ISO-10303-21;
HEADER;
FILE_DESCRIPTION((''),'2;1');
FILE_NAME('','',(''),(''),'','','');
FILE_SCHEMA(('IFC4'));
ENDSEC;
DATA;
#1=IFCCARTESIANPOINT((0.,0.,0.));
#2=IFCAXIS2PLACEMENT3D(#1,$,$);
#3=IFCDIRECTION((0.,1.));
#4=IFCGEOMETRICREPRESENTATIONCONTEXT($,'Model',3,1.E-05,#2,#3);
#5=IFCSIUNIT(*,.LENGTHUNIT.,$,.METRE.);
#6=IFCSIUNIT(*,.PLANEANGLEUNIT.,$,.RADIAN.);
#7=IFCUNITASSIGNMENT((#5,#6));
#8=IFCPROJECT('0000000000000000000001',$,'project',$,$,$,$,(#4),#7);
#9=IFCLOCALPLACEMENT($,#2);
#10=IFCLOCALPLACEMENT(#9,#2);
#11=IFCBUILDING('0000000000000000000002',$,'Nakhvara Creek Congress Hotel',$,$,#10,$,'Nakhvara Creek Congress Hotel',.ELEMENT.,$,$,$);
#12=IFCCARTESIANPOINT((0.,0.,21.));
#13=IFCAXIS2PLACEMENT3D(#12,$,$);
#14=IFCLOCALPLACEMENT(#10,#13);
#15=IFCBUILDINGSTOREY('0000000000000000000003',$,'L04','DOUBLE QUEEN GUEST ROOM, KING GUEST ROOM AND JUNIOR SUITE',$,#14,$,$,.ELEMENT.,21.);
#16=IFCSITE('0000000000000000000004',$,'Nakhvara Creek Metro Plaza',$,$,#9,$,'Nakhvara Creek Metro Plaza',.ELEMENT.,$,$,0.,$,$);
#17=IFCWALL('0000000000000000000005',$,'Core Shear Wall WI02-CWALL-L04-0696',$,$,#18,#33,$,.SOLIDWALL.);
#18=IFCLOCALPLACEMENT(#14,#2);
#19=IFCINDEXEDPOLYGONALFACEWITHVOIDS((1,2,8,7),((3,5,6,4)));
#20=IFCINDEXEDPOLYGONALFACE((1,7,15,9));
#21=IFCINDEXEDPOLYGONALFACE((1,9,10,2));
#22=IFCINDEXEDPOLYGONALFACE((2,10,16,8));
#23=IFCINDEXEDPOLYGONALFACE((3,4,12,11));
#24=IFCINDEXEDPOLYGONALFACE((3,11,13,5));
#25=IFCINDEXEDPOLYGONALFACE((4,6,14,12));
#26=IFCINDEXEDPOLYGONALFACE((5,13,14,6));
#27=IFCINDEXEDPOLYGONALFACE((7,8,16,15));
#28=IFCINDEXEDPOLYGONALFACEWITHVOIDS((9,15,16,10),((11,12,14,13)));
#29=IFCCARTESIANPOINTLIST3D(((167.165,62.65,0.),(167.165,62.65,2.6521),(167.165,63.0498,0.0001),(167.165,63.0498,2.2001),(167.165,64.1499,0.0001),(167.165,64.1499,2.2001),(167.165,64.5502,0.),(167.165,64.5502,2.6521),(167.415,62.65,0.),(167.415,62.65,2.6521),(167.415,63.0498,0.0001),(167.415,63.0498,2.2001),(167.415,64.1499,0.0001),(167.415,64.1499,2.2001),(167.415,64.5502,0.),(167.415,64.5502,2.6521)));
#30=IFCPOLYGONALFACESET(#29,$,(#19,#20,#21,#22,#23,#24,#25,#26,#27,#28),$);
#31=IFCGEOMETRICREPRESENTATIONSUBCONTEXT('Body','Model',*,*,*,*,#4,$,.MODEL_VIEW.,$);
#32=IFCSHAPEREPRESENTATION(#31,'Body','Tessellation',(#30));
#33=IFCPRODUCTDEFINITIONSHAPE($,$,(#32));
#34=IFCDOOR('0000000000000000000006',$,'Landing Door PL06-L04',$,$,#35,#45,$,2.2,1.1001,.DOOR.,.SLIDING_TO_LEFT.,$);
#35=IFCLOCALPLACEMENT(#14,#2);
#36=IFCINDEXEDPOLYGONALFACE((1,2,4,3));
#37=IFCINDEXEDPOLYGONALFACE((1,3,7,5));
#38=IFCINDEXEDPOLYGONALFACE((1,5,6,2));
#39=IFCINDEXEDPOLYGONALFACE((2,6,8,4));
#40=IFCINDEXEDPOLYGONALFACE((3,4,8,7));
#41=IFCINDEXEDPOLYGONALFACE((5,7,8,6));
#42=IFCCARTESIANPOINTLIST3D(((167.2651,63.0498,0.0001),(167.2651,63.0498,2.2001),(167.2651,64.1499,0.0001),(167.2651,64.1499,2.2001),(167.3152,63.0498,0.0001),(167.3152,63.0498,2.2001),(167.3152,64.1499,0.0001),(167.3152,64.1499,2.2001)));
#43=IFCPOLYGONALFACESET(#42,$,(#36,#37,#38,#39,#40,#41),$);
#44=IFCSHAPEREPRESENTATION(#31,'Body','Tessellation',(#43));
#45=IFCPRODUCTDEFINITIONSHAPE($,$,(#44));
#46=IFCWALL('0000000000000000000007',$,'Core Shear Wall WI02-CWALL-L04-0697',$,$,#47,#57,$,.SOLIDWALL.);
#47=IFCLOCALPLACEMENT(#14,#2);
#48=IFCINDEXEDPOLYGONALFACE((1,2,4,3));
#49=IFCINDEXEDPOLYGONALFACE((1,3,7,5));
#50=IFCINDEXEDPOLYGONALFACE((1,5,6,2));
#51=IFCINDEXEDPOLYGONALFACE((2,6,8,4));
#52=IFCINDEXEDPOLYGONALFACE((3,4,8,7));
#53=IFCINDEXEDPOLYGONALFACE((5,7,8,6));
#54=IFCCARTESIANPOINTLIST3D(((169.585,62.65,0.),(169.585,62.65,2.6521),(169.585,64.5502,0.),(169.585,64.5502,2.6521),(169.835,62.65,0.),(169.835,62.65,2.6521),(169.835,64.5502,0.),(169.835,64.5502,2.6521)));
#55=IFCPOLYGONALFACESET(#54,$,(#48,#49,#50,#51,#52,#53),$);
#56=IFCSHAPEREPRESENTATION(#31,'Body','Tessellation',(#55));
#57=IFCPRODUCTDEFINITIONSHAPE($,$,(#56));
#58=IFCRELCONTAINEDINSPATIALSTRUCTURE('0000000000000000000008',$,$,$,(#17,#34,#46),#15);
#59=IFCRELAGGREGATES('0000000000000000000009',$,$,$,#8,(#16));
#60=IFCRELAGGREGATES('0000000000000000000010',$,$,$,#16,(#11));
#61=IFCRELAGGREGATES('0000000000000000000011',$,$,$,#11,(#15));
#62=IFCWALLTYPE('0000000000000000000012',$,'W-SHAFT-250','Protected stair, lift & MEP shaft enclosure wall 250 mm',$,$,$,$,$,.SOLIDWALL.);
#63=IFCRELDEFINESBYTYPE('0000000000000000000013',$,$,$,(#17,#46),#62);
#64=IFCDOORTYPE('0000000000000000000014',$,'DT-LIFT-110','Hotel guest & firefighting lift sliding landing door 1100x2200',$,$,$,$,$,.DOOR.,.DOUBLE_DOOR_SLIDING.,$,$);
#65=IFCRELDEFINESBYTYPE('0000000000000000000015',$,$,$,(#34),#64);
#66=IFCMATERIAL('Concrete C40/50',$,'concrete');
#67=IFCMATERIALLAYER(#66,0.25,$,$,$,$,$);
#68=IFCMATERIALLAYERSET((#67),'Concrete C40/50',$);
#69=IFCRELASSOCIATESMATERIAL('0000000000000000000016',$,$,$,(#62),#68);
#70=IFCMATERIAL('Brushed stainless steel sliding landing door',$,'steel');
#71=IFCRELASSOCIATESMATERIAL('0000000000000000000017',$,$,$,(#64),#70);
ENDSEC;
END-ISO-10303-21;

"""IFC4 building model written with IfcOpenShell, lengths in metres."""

from ifc_helpers import new_model, si_unit, direction, frame, frame_2d, origin, place, context, subcontext, project, spatial, rectangle, extrude, material, layer, layer_set, type_object, element, fill, save


model = new_model("IFC4")

# Units and contexts
model_context = context("Model", 3, precision=1e-05, world=origin(), true_north=direction((0.0, 1.0)))
body_context = subcontext(model_context, "Body", "Model", "MODEL_VIEW")
ifc_project = project(units=[si_unit("LENGTHUNIT", "METRE"), si_unit("PLANEANGLEUNIT", "RADIAN")], contexts=[model_context])

# Site, building, storey
site_placement = place(None, origin())
site = spatial("IfcSite", under=ifc_project, at=site_placement, Name="Nakhvara Creek Metro Plaza", LongName="Nakhvara Creek Metro Plaza", CompositionType="ELEMENT", RefElevation=0.0)
building_placement = place(site_placement, origin())
building = spatial("IfcBuilding", under=site, at=building_placement, Name="Nakhvara Creek Congress Hotel", LongName="Nakhvara Creek Congress Hotel", CompositionType="ELEMENT")
storey_placement = place(building_placement, frame((0.0, 0.0, 21.0)))
storey = spatial("IfcBuildingStorey", under=building, at=storey_placement, Name="L04", Description="DOUBLE QUEEN GUEST ROOM, KING GUEST ROOM AND JUNIOR SUITE", CompositionType="ELEMENT", Elevation=21.0)

# Shared definitions
ifc_material_1 = material(Name="Concrete C40/50", Category="concrete")

# Shared definitions
ifc_layer_1 = layer(ifc_material_1, 0.25)
ifc_layer_set_1 = layer_set([ifc_layer_1], Name="Concrete C40/50")
wall_type_1 = type_object("IfcWallType", Name="W-SHAFT-250", Description="Protected stair, lift & MEP shaft enclosure wall 250 mm", PredefinedType="SOLIDWALL", material=ifc_layer_set_1)

# Shared definitions
ifc_material_2 = material(Name="Brushed stainless steel sliding landing door", Category="steel")
door_type_1 = type_object("IfcDoorType", Name="DT-LIFT-110", Description="Hotel guest & firefighting lift sliding landing door 1100x2200", OperationType="DOUBLE_DOOR_SLIDING", PredefinedType="DOOR", material=ifc_material_2)

# Wall, opening, door
wall_1_placement = place(storey_placement, frame((167.29, 62.6499, 0.0), z_axis=(0.0, 0.0, 1.0), x_axis=(0.0, 1.0, 0.0)))
wall_1 = element("IfcWall", 1, at=wall_1_placement, inside=storey, type_object=wall_type_1, Name="Core Shear Wall WI02-CWALL-L04-0696", PredefinedType="SOLIDWALL", context=body_context, shape_type="SweptSolid", body=[
    extrude(rectangle(XDim=1.9001, YDim=0.25, at=frame_2d((0.9502, 0.0))), origin(), (0.0, 0.0, 1.0), 2.6521),
])
opening_1_placement = place(wall_1_placement, frame((0.3999, 0.0, 0.0)))
opening_1 = element("IfcOpeningElement", 2, at=opening_1_placement, cuts=wall_1, PredefinedType="OPENING", context=body_context, shape_type="SweptSolid", body=[
    extrude(rectangle(XDim=1.1001, YDim=2.2, at=frame_2d((0.55, 1.1001))), frame((0.0, 0.137, 0.0), z_axis=(0.0, -1.0, 0.0), x_axis=(1.0, 0.0, 0.0)), (0.0, 0.0, 1.0), 0.2739),
])
door_1_placement = place(opening_1_placement, origin())
door_1 = element("IfcDoor", 3, at=door_1_placement, inside=storey, type_object=door_type_1, Name="Landing Door PL06-L04", OperationType="SLIDING_TO_LEFT", OverallHeight=2.2, OverallWidth=1.1001, PredefinedType="DOOR", context=body_context, shape_type="SweptSolid", body=[
    extrude(rectangle(XDim=1.1001, YDim=2.2, at=frame_2d((0.55, 1.1001))), frame((0.0, 0.0249, 0.0), z_axis=(0.0, -1.0, 0.0), x_axis=(1.0, 0.0, 0.0)), (0.0, 0.0, 1.0), 0.05),
])
fill(opening_1, door_1)

# Wall
wall_2_placement = place(storey_placement, frame((169.71, 62.6499, 0.0), z_axis=(0.0, 0.0, 1.0), x_axis=(0.0, 1.0, 0.0)))
element("IfcWall", 4, at=wall_2_placement, inside=storey, type_object=wall_type_1, Name="Core Shear Wall WI02-CWALL-L04-0697", PredefinedType="SOLIDWALL", context=body_context, shape_type="SweptSolid", body=[
    extrude(rectangle(XDim=1.9001, YDim=0.25, at=frame_2d((0.9502, 0.0))), origin(), (0.0, 0.0, 1.0), 2.6521),
])

save(model, "model.ifc")
